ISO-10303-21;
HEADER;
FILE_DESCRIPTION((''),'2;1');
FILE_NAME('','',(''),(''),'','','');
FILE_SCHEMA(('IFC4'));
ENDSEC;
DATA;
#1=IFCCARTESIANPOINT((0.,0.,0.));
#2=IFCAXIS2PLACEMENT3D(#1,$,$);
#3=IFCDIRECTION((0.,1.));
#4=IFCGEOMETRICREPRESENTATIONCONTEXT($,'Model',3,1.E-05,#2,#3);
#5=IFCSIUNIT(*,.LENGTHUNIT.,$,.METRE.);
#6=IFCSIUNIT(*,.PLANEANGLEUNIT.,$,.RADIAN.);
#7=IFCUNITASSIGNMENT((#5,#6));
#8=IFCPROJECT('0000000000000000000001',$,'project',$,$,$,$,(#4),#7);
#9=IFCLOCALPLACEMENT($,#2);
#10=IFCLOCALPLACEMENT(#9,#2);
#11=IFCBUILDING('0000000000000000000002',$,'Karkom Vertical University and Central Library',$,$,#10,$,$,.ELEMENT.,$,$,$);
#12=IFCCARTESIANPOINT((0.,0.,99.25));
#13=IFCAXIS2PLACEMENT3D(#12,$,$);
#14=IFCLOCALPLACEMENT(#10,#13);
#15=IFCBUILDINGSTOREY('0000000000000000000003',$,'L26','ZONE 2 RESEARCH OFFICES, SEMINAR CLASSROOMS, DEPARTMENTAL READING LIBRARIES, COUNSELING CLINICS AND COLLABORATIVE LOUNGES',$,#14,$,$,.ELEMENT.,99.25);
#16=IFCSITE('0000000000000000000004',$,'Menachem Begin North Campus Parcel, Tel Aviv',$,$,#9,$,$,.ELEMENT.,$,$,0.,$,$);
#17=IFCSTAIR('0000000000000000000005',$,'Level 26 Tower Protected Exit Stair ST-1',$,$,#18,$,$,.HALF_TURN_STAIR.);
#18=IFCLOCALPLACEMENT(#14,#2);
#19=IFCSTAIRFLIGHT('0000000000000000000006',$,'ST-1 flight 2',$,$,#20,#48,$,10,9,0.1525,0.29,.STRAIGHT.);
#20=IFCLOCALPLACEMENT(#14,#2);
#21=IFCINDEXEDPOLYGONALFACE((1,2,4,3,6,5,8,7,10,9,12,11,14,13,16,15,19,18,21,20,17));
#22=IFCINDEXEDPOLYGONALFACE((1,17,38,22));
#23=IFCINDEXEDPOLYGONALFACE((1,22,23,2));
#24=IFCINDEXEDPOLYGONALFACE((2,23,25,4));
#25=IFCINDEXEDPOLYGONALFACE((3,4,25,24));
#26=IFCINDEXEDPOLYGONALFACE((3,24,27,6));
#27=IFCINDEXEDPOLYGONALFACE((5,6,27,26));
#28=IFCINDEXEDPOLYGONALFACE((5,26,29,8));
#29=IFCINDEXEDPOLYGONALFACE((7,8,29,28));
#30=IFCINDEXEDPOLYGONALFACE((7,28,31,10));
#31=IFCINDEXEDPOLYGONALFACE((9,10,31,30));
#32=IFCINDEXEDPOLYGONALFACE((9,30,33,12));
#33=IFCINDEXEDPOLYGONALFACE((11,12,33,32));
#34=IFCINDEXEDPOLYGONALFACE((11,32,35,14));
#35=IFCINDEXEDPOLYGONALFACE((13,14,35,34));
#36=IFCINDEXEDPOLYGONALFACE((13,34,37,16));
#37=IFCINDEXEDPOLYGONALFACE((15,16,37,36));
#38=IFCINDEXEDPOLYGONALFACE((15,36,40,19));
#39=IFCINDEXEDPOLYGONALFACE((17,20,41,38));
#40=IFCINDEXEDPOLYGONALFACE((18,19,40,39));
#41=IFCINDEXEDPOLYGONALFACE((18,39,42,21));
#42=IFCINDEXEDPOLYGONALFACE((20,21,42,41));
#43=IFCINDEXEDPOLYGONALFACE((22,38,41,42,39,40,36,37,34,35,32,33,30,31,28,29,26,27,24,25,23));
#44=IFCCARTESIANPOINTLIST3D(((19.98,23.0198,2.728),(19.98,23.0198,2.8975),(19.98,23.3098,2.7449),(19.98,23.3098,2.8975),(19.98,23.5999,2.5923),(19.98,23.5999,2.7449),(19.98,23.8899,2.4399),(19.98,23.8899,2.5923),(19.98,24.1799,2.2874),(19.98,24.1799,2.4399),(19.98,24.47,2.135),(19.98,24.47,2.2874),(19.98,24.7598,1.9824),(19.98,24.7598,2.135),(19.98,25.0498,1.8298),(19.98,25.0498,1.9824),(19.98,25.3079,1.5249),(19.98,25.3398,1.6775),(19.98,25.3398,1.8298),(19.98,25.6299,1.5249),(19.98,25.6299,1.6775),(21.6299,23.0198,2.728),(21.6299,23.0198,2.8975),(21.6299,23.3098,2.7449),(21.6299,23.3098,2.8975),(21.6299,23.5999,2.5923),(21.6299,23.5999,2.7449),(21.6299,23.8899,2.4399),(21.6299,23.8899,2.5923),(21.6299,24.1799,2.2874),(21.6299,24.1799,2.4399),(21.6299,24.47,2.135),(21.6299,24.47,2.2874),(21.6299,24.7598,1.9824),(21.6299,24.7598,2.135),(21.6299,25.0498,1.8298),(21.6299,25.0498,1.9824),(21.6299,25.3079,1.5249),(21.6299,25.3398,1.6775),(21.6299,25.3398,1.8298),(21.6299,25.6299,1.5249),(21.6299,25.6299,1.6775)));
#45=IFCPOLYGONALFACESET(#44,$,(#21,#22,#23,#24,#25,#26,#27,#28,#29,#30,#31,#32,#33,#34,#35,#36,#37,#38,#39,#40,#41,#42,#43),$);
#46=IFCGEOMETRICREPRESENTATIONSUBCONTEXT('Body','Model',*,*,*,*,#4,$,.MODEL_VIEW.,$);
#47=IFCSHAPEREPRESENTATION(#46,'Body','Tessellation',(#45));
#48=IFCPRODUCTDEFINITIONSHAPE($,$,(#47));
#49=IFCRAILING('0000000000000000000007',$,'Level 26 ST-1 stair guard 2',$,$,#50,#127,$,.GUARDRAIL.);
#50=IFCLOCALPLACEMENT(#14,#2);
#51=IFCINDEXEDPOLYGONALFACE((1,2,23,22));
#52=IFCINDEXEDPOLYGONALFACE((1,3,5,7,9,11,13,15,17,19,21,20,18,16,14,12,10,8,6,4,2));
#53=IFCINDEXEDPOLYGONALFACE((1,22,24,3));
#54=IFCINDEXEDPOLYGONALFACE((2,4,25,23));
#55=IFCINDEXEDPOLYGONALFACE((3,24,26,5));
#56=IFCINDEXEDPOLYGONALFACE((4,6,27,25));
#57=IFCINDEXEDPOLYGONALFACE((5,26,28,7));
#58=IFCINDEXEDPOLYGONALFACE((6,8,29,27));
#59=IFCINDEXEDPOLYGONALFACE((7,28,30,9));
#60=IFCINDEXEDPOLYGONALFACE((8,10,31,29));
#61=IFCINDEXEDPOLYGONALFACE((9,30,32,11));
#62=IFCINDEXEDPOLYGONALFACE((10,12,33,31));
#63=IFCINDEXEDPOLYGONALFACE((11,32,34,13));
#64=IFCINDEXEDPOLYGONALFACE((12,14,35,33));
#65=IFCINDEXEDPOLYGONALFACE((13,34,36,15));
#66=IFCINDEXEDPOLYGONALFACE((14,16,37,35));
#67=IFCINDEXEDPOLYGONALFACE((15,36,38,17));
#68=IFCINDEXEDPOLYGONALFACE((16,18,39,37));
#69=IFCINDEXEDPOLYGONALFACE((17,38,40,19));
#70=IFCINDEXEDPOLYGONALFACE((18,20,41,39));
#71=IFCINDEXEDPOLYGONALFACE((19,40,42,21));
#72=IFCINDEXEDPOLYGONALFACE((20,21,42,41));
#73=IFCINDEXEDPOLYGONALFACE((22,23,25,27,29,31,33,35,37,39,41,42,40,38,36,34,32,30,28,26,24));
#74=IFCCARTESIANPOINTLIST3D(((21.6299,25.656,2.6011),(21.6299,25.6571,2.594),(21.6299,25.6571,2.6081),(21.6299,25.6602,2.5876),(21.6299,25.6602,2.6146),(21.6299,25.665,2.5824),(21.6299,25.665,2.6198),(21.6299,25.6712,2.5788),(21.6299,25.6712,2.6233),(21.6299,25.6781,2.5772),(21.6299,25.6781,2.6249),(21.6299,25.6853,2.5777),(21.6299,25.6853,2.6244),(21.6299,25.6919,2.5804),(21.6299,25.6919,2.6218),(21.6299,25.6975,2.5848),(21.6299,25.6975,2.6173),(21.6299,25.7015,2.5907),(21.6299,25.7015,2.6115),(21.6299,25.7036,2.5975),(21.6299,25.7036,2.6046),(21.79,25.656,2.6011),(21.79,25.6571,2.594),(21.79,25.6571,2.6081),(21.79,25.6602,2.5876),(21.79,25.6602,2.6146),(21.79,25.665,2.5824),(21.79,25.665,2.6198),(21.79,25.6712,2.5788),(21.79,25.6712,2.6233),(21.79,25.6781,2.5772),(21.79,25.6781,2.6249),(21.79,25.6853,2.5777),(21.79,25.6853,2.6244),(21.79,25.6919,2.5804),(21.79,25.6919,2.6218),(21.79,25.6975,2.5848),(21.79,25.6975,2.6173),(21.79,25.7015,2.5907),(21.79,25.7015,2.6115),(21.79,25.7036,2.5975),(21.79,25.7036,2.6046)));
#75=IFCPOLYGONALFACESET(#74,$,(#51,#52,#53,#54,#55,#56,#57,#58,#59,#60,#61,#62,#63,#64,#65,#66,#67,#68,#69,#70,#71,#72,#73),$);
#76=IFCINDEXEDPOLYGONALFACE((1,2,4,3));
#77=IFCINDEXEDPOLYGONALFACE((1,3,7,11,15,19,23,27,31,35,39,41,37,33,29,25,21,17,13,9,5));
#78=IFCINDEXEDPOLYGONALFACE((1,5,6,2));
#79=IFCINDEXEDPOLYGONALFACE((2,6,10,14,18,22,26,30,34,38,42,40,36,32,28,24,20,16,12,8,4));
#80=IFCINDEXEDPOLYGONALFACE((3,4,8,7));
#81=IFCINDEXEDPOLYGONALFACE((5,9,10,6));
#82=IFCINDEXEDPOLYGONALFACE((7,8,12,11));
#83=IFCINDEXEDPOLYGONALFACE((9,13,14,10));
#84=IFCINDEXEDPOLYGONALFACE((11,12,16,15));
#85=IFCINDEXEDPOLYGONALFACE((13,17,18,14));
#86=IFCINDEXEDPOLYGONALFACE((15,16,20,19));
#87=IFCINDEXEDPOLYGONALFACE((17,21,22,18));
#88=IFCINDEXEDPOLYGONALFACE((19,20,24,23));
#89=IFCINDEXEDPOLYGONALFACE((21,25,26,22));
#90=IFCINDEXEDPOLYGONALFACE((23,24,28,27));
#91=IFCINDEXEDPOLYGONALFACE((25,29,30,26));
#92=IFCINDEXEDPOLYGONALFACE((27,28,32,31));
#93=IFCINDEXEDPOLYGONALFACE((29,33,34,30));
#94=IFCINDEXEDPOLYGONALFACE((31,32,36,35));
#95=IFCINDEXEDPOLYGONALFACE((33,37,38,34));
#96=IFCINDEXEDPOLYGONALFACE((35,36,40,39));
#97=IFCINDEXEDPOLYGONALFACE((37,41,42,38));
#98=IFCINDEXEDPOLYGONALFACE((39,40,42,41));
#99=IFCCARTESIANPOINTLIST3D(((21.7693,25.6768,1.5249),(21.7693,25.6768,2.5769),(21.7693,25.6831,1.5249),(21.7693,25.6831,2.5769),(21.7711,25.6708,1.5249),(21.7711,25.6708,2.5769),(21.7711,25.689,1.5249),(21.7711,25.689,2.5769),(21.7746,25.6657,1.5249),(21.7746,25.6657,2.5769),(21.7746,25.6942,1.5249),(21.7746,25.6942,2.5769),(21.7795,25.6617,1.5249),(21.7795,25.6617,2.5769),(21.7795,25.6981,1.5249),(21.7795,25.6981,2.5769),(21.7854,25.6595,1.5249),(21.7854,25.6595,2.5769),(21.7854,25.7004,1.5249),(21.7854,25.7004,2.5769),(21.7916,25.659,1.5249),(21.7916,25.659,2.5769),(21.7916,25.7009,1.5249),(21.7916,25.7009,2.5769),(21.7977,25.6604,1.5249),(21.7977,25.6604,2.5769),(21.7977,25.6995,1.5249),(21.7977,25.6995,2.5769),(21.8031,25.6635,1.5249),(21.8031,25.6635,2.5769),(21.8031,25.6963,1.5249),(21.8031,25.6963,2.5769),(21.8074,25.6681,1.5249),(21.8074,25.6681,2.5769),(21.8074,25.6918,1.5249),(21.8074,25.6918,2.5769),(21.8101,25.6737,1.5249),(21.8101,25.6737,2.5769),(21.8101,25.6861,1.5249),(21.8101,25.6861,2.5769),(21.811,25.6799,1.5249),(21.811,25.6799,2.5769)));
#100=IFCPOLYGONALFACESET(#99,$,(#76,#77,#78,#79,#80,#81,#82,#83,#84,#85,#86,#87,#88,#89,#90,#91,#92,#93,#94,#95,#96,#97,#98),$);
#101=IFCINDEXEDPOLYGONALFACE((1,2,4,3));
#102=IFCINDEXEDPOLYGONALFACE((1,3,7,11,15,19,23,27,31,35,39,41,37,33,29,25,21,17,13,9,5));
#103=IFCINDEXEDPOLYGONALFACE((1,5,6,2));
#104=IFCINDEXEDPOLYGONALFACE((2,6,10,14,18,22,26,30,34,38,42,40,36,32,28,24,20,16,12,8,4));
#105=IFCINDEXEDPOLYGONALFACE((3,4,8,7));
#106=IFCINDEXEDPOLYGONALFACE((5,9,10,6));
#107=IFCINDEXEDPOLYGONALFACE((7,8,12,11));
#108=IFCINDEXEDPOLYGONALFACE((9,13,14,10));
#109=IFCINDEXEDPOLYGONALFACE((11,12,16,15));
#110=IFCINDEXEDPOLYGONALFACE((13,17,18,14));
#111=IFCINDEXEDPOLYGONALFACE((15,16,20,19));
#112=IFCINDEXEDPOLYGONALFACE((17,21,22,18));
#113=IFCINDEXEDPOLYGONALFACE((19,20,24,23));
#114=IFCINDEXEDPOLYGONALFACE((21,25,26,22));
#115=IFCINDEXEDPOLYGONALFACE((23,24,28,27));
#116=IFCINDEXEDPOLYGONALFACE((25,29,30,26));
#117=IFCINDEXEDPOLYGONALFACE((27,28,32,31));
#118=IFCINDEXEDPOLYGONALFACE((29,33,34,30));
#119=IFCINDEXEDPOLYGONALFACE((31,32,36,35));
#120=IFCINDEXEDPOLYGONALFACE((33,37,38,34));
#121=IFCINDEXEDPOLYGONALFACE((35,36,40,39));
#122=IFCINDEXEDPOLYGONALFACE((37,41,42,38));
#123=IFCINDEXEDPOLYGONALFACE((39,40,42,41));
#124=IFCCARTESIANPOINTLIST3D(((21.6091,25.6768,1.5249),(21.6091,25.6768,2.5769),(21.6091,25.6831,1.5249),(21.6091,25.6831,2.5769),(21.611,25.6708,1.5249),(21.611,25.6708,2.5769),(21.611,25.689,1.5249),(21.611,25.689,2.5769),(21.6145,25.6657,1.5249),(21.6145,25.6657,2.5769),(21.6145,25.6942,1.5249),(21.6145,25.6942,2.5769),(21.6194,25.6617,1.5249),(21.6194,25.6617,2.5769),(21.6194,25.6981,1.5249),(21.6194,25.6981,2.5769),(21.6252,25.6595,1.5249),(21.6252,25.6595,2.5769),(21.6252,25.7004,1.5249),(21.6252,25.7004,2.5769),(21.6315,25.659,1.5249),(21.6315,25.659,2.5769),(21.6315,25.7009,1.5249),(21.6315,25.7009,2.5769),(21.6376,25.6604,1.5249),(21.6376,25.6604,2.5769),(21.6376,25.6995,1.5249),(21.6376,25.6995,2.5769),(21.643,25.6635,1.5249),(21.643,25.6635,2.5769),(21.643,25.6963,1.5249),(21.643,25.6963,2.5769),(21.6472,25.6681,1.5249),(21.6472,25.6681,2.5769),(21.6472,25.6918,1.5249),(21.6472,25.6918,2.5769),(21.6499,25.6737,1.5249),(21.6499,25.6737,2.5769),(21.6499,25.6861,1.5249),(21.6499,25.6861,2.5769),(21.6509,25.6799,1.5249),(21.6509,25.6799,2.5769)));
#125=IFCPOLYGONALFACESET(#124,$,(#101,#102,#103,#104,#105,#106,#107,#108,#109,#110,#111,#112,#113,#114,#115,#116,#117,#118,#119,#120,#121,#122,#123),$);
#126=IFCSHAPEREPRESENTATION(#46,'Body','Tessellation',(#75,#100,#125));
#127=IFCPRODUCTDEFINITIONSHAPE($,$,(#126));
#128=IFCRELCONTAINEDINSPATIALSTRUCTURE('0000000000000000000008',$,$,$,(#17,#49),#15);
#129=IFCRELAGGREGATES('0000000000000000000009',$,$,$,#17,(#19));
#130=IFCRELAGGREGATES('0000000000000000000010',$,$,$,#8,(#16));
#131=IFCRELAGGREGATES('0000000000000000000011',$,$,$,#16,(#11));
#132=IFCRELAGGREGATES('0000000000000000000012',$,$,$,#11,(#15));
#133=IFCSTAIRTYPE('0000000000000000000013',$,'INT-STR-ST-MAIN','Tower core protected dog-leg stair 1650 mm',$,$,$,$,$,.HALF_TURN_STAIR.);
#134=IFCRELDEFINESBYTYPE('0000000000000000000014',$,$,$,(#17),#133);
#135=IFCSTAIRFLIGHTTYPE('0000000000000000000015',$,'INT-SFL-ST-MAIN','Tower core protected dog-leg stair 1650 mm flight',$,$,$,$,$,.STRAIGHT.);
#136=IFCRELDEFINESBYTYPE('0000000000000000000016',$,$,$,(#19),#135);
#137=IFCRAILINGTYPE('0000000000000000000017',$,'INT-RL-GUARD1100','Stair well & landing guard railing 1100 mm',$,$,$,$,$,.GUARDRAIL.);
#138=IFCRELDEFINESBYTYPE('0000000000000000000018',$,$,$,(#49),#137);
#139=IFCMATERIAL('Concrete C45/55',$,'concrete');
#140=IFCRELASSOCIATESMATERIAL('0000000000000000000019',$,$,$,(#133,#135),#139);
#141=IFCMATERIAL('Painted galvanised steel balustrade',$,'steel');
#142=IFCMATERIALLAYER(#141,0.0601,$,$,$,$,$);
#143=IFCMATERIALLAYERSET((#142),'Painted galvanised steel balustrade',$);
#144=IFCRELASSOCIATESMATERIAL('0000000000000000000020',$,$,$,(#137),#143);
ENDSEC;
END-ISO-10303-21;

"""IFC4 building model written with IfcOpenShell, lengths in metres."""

from ifc_helpers import new_model, si_unit, direction, frame, origin, origin_2d, place, context, subcontext, project, spatial, polyline, circle, outline, extrude, material, layer, layer_set, type_object, element, aggregate, save


model = new_model("IFC4")

# Units and contexts
model_context = context("Model", 3, precision=1e-05, world=origin(), true_north=direction((0.0, 1.0)))
body_context = subcontext(model_context, "Body", "Model", "MODEL_VIEW")
ifc_project = project(units=[si_unit("LENGTHUNIT", "METRE"), si_unit("PLANEANGLEUNIT", "RADIAN")], contexts=[model_context])

# Site, building, storey
site_placement = place(None, origin())
site = spatial("IfcSite", under=ifc_project, at=site_placement, Name="Menachem Begin North Campus Parcel, Tel Aviv", CompositionType="ELEMENT", RefElevation=0.0)
building_placement = place(site_placement, origin())
building = spatial("IfcBuilding", under=site, at=building_placement, Name="Karkom Vertical University and Central Library", CompositionType="ELEMENT")
storey_placement = place(building_placement, frame((0.0, 0.0, 99.25)))
storey = spatial("IfcBuildingStorey", under=building, at=storey_placement, Name="L26", Description="ZONE 2 RESEARCH OFFICES, SEMINAR CLASSROOMS, DEPARTMENTAL READING LIBRARIES, COUNSELING CLINICS AND COLLABORATIVE LOUNGES", CompositionType="ELEMENT", Elevation=99.25)

# Shared definitions
ifc_material_1 = material(Name="Concrete C45/55", Category="concrete")

# Stair, stair flight
stair_type = type_object("IfcStairType", Name="INT-STR-ST-MAIN", Description="Tower core protected dog-leg stair 1650 mm", PredefinedType="HALF_TURN_STAIR", material=ifc_material_1)
stair_placement = place(storey_placement, origin())
stair = element("IfcStair", 1, at=stair_placement, inside=storey, type_object=stair_type, Name="Level 26 Tower Protected Exit Stair ST-1", PredefinedType="HALF_TURN_STAIR")
stair_flight_type = type_object("IfcStairFlightType", Name="INT-SFL-ST-MAIN", Description="Tower core protected dog-leg stair 1650 mm flight", PredefinedType="STRAIGHT", material=ifc_material_1)
stair_flight_1_placement = place(storey_placement, frame((20.8049, 25.6299, 1.5249), z_axis=(0.0, 0.0, 1.0), x_axis=(0.0, -1.0, 0.0)))
stair_flight_1 = element("IfcStairFlight", 2, at=stair_flight_1_placement, type_object=stair_flight_type, Name="ST-1 flight 2", NumberOfRisers=10, NumberOfTreads=9, PredefinedType="STRAIGHT", RiserHeight=0.1525, TreadLength=0.29, context=body_context, shape_type="SweptSolid", body=[
    extrude(outline(polyline([(0.0, 0.0), (0.0, 0.1526), (0.29, 0.1526), (0.29, 0.3049), (0.5801, 0.3049), (0.5801, 0.4575), (0.8701, 0.4575), (0.8701, 0.6101), (1.1599, 0.6101), (1.1599, 0.7625), (1.45, 0.7625), (1.45, 0.915), (1.74, 0.915), (1.74, 1.0674), (2.03, 1.0674), (2.03, 1.22), (2.3201, 1.22), (2.3201, 1.3726), (2.6101, 1.3726), (2.6101, 1.5249), (2.6101, 1.2031), (0.322, 0.0), (0.0, 0.0)])), frame((0.0, 0.825, 0.0), z_axis=(0.0, -1.0, 0.0), x_axis=(1.0, 0.0, 0.0)), (0.0, 0.0, 1.0), 1.6499),
])
aggregate(stair, [stair_flight_1])

# Railing
ifc_material_2 = material(Name="Painted galvanised steel balustrade", Category="steel")
ifc_layer_1 = layer(ifc_material_2, 0.0601)
ifc_layer_set_1 = layer_set([ifc_layer_1], Name="Painted galvanised steel balustrade")
railing_type_1 = type_object("IfcRailingType", Name="INT-RL-GUARD1100", Description="Stair well & landing guard railing 1100 mm", PredefinedType="GUARDRAIL", material=ifc_layer_set_1)
railing_1_placement = place(storey_placement, frame((21.79, 25.6799, 1.5249)))
element("IfcRailing", 3, at=railing_1_placement, inside=storey, type_object=railing_type_1, Name="Level 26 ST-1 stair guard 2", PredefinedType="GUARDRAIL", context=body_context, shape_type="SweptSolid", body=[
    extrude(circle(Radius=0.0239, at=origin_2d()), frame((0.0, 0.0, 1.0762), z_axis=(-1.0, 0.0, 0.0), x_axis=(0.0, -1.0, 0.0)), (0.0, 0.0, 1.0), 0.1602),
    extrude(circle(Radius=0.021, at=origin_2d()), origin(), (0.0, 0.0, 1.0), 1.052),
    extrude(circle(Radius=0.021, at=origin_2d()), frame((-0.1602, 0.0, 0.0)), (0.0, 0.0, 1.0), 1.052),
])

save(model, "model.ifc")
